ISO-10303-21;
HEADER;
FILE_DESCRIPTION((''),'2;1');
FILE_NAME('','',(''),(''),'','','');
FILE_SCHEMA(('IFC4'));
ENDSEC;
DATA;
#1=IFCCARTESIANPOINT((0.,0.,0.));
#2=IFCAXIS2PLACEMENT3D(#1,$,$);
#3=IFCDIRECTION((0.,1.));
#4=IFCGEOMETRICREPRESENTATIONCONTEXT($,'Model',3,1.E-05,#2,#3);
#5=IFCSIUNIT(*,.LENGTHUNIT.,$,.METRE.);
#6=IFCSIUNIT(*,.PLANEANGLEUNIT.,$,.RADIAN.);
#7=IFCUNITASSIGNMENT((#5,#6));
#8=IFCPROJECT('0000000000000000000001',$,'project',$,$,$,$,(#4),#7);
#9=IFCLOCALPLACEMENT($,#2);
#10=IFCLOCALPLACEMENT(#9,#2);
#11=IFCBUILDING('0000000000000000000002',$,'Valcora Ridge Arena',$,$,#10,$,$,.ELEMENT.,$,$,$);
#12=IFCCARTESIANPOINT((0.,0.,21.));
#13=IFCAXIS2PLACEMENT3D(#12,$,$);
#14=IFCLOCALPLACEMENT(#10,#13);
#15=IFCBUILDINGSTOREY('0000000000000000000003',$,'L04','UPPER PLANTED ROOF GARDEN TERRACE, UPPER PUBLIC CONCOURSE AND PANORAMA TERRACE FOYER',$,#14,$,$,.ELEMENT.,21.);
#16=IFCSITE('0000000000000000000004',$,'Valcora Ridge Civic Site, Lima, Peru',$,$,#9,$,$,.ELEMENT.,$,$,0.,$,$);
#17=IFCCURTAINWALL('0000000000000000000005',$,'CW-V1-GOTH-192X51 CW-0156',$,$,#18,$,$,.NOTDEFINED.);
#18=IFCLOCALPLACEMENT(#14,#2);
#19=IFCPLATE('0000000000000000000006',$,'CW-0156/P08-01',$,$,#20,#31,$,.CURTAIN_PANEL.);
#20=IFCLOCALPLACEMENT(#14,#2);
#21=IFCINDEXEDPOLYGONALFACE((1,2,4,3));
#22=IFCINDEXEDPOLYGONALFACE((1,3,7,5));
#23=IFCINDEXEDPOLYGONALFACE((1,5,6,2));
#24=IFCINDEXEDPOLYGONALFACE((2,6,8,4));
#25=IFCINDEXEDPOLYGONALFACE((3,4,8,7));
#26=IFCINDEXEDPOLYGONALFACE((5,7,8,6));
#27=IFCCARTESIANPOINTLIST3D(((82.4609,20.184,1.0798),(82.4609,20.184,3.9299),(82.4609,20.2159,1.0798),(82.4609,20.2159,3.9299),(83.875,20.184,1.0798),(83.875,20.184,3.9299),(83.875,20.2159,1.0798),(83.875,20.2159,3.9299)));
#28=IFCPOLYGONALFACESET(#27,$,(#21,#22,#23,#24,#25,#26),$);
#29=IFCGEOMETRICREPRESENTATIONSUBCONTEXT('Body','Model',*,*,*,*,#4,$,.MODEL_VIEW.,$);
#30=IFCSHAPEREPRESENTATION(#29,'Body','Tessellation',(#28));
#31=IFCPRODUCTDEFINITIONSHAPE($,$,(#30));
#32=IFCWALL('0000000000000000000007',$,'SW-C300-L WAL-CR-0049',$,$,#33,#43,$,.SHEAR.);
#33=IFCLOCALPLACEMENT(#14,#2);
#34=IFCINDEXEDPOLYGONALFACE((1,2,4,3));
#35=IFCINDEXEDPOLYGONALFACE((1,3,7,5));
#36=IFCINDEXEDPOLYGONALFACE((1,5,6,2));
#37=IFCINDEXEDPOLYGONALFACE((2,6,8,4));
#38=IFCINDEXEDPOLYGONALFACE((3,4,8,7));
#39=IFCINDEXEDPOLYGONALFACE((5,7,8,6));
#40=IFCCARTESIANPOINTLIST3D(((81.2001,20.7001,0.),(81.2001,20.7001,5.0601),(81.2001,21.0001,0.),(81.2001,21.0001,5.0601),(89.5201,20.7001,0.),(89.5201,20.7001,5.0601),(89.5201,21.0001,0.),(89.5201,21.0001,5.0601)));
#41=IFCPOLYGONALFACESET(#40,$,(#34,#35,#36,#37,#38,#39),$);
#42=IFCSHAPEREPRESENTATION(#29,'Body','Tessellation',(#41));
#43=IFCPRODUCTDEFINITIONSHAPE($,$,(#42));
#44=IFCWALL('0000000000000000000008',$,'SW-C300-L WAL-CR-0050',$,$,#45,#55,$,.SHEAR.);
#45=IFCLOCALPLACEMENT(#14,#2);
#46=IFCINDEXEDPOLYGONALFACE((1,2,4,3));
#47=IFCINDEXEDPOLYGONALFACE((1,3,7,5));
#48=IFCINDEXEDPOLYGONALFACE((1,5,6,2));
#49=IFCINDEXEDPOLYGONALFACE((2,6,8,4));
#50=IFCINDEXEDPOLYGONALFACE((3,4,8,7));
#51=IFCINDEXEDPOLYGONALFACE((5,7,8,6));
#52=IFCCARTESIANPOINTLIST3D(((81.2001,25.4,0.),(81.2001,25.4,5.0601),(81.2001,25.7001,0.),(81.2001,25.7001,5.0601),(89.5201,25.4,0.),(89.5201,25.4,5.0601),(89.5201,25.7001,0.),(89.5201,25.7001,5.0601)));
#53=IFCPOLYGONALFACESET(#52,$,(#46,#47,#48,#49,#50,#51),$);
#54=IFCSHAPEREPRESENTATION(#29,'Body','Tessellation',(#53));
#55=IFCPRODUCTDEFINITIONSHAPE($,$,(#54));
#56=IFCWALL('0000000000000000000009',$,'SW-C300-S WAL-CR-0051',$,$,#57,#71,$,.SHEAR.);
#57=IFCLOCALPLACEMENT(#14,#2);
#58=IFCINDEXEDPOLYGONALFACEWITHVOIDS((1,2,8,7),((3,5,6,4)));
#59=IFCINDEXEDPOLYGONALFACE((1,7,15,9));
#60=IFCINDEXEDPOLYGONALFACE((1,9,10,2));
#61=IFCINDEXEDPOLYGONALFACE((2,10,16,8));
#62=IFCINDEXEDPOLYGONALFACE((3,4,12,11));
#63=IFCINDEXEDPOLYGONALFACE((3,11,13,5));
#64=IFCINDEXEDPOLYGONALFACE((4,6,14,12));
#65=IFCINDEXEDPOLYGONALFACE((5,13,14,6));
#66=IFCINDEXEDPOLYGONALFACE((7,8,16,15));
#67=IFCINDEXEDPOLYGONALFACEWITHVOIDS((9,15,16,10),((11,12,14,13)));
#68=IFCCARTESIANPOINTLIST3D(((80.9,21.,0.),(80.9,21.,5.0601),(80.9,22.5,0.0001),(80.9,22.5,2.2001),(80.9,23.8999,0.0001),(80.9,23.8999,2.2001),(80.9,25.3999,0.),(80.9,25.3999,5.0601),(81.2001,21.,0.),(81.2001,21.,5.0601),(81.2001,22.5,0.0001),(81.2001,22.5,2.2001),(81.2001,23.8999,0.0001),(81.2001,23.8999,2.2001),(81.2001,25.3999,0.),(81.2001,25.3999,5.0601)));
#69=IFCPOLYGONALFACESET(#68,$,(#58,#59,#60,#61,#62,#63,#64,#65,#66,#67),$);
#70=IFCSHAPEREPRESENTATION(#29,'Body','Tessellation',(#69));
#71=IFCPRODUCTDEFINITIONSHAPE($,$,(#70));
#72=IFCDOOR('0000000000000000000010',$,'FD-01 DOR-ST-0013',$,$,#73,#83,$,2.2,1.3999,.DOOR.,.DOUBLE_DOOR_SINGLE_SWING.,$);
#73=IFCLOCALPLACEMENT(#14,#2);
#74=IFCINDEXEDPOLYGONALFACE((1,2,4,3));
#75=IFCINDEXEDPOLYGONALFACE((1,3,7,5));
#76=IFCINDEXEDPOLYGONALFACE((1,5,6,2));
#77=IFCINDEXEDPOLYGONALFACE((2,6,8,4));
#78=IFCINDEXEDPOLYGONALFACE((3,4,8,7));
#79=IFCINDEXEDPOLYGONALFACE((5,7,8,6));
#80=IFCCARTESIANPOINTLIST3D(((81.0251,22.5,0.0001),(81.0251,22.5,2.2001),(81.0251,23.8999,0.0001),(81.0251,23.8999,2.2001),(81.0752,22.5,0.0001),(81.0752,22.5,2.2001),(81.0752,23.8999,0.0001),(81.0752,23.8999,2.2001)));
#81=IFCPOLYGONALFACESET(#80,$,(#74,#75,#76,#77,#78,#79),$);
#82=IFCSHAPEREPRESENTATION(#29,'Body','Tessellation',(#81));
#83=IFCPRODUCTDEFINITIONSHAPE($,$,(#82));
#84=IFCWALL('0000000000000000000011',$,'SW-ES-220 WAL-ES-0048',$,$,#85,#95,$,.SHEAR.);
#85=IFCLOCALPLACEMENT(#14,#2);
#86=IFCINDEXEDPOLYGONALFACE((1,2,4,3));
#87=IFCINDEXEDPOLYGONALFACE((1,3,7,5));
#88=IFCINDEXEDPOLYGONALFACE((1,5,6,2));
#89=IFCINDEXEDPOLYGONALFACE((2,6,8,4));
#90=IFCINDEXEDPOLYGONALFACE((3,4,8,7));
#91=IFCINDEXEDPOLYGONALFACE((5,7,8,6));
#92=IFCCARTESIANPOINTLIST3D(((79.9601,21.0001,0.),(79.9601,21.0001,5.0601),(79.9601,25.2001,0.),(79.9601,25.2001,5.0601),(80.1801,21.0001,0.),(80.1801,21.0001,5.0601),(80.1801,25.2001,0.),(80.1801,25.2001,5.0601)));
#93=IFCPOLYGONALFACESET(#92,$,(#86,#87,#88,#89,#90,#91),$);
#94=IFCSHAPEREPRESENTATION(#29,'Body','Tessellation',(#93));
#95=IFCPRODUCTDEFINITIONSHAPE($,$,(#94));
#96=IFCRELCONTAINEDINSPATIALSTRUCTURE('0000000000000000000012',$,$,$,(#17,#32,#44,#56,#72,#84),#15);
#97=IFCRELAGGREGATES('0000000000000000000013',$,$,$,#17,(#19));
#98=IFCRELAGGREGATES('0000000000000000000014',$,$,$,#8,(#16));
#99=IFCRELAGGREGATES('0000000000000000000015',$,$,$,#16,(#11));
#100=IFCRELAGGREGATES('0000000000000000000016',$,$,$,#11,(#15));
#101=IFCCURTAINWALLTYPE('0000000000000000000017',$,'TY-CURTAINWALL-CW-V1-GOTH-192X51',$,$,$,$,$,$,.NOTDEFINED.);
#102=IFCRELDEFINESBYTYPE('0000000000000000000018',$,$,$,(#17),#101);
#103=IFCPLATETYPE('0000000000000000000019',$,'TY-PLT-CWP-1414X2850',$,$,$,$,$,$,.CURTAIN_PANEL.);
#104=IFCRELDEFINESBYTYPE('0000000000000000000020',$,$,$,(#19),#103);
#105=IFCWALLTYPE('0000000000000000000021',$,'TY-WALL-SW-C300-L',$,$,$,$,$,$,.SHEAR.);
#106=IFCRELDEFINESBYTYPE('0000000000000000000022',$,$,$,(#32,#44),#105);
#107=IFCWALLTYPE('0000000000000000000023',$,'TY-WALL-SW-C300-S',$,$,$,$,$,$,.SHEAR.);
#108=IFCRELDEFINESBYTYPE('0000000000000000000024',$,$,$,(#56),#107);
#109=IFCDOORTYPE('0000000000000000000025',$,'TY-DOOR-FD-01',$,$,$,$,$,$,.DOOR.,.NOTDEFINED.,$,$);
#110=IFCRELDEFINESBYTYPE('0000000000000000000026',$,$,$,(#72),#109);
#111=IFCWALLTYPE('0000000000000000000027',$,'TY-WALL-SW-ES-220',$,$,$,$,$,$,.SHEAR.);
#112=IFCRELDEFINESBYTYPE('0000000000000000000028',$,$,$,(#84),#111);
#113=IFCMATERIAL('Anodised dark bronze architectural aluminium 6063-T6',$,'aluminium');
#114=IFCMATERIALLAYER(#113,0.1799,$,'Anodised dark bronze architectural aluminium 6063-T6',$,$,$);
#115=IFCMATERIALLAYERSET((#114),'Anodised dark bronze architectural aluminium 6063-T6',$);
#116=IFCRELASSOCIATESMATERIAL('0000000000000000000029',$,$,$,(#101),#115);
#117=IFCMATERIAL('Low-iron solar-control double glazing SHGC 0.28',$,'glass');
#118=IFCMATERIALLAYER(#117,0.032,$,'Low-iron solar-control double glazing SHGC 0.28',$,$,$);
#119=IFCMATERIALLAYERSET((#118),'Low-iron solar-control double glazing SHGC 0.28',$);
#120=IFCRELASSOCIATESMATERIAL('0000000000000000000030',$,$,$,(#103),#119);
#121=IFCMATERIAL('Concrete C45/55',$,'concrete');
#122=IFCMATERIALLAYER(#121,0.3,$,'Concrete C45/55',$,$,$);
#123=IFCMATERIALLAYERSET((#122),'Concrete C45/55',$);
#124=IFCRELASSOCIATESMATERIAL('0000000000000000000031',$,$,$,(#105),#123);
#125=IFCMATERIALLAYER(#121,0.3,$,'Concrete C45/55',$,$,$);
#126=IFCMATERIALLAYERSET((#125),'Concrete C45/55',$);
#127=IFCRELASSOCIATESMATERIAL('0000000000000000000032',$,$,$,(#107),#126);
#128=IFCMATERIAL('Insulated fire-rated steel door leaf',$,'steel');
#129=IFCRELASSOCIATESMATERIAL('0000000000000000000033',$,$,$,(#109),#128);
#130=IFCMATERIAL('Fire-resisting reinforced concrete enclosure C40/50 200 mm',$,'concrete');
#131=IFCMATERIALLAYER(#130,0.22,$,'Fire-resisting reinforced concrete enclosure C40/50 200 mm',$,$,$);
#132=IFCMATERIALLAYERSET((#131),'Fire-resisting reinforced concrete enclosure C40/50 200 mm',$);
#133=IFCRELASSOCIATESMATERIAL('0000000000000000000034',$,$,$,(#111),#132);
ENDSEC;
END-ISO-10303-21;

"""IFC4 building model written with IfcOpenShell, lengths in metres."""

from ifc_helpers import new_model, si_unit, direction, frame, frame_2d, origin, origin_2d, place, context, subcontext, project, spatial, rectangle, extrude, material, layer, layer_set, type_object, element, fill, aggregate, save


model = new_model("IFC4")

# Units and contexts
model_context = context("Model", 3, precision=1e-05, world=origin(), true_north=direction((0.0, 1.0)))
body_context = subcontext(model_context, "Body", "Model", "MODEL_VIEW")
ifc_project = project(units=[si_unit("LENGTHUNIT", "METRE"), si_unit("PLANEANGLEUNIT", "RADIAN")], contexts=[model_context])

# Site, building, storey
site_placement = place(None, origin())
site = spatial("IfcSite", under=ifc_project, at=site_placement, Name="Valcora Ridge Civic Site, Lima, Peru", CompositionType="ELEMENT", RefElevation=0.0)
building_placement = place(site_placement, origin())
building = spatial("IfcBuilding", under=site, at=building_placement, Name="Valcora Ridge Arena", CompositionType="ELEMENT")
storey_placement = place(building_placement, frame((0.0, 0.0, 21.0)))
storey = spatial("IfcBuildingStorey", under=building, at=storey_placement, Name="L04", Description="UPPER PLANTED ROOF GARDEN TERRACE, UPPER PUBLIC CONCOURSE AND PANORAMA TERRACE FOYER", CompositionType="ELEMENT", Elevation=21.0)

# Curtain wall, plate
ifc_material_1 = material(Name="Anodised dark bronze architectural aluminium 6063-T6", Category="aluminium")
ifc_layer_1 = layer(ifc_material_1, 0.1799, Name="Anodised dark bronze architectural aluminium 6063-T6")
ifc_layer_set_1 = layer_set([ifc_layer_1], Name="Anodised dark bronze architectural aluminium 6063-T6")
curtain_wall_type = type_object("IfcCurtainWallType", Name="TY-CURTAINWALL-CW-V1-GOTH-192X51", PredefinedType="NOTDEFINED", material=ifc_layer_set_1)
curtain_wall_placement = place(storey_placement, origin())
curtain_wall = element("IfcCurtainWall", 1, at=curtain_wall_placement, inside=storey, type_object=curtain_wall_type, Name="CW-V1-GOTH-192X51 CW-0156", PredefinedType="NOTDEFINED")
ifc_material_2 = material(Name="Low-iron solar-control double glazing SHGC 0.28", Category="glass")
ifc_layer_2 = layer(ifc_material_2, 0.032, Name="Low-iron solar-control double glazing SHGC 0.28")
ifc_layer_set_2 = layer_set([ifc_layer_2], Name="Low-iron solar-control double glazing SHGC 0.28")
plate_type_1 = type_object("IfcPlateType", Name="TY-PLT-CWP-1414X2850", PredefinedType="CURTAIN_PANEL", material=ifc_layer_set_2)
plate_1_placement = place(storey_placement, frame((83.168, 20.2, 1.0798), z_axis=(0.0, 0.0, 1.0), x_axis=(1.0, 0.0, 0.0)))
plate_1 = element("IfcPlate", 2, at=plate_1_placement, type_object=plate_type_1, Name="CW-0156/P08-01", PredefinedType="CURTAIN_PANEL", context=body_context, shape_type="SweptSolid", body=[
    extrude(rectangle(XDim=1.4141, YDim=0.032, at=origin_2d()), origin(), (0.0, 0.0, 1.0), 2.8501),
])
aggregate(curtain_wall, [plate_1])

# Walls
ifc_material_3 = material(Name="Concrete C45/55", Category="concrete")
ifc_layer_3 = layer(ifc_material_3, 0.3, Name="Concrete C45/55")
ifc_layer_set_3 = layer_set([ifc_layer_3], Name="Concrete C45/55")
wall_type_1 = type_object("IfcWallType", Name="TY-WALL-SW-C300-L", PredefinedType="SHEAR", material=ifc_layer_set_3)
for number, where, z_axis, x_axis, name in (
    (3, (81.2, 20.8501, 0.0), (0.0, 0.0, 1.0), (1.0, 0.0, 0.0), "SW-C300-L WAL-CR-0049"),
    (4, (81.2, 25.55, 0.0), (0.0, 0.0, 1.0), (1.0, 0.0, 0.0), "SW-C300-L WAL-CR-0050"),
):
    element("IfcWall", number, at=place(storey_placement, frame(where, z_axis=z_axis, x_axis=x_axis)), inside=storey, type_object=wall_type_1, Name=name, PredefinedType="SHEAR", context=body_context, shape_type="SweptSolid", body=[
        extrude(rectangle(XDim=8.3201, YDim=0.3, at=frame_2d((4.1602, 0.0))), origin(), (0.0, 0.0, 1.0), 5.0601),
    ])

# Wall, opening, door
ifc_layer_4 = layer(ifc_material_3, 0.3, Name="Concrete C45/55")
ifc_layer_set_4 = layer_set([ifc_layer_4], Name="Concrete C45/55")
wall_type_2 = type_object("IfcWallType", Name="TY-WALL-SW-C300-S", PredefinedType="SHEAR", material=ifc_layer_set_4)
wall_1_placement = place(storey_placement, frame((81.05, 21.0, 0.0), z_axis=(0.0, 0.0, 1.0), x_axis=(0.0, 1.0, 0.0)))
wall_1 = element("IfcWall", 5, at=wall_1_placement, inside=storey, type_object=wall_type_2, Name="SW-C300-S WAL-CR-0051", PredefinedType="SHEAR", context=body_context, shape_type="SweptSolid", body=[
    extrude(rectangle(XDim=4.3999, YDim=0.3, at=frame_2d((2.2, 0.0))), origin(), (0.0, 0.0, 1.0), 5.0601),
])
opening_placement = place(wall_1_placement, frame((1.5, 0.0, 0.0)))
opening = element("IfcOpeningElement", 6, at=opening_placement, cuts=wall_1, PredefinedType="OPENING", context=body_context, shape_type="SweptSolid", body=[
    extrude(rectangle(XDim=1.3999, YDim=2.2, at=frame_2d((0.7, 1.1001))), frame((0.0, 0.1599, 0.0), z_axis=(0.0, -1.0, 0.0), x_axis=(1.0, 0.0, 0.0)), (0.0, 0.0, 1.0), 0.3201),
])
ifc_material_4 = material(Name="Insulated fire-rated steel door leaf", Category="steel")
door_type = type_object("IfcDoorType", Name="TY-DOOR-FD-01", OperationType="NOTDEFINED", PredefinedType="DOOR", material=ifc_material_4)
door_placement = place(opening_placement, origin())
door = element("IfcDoor", 7, at=door_placement, inside=storey, type_object=door_type, Name="FD-01 DOR-ST-0013", OperationType="DOUBLE_DOOR_SINGLE_SWING", OverallHeight=2.2, OverallWidth=1.3999, PredefinedType="DOOR", context=body_context, shape_type="SweptSolid", body=[
    extrude(rectangle(XDim=1.3999, YDim=2.2, at=frame_2d((0.7, 1.1001))), frame((0.0, 0.0249, 0.0), z_axis=(0.0, -1.0, 0.0), x_axis=(1.0, 0.0, 0.0)), (0.0, 0.0, 1.0), 0.05),
])
fill(opening, door)

# Wall
ifc_material_5 = material(Name="Fire-resisting reinforced concrete enclosure C40/50 200 mm", Category="concrete")
ifc_layer_5 = layer(ifc_material_5, 0.22, Name="Fire-resisting reinforced concrete enclosure C40/50 200 mm")
ifc_layer_set_5 = layer_set([ifc_layer_5], Name="Fire-resisting reinforced concrete enclosure C40/50 200 mm")
wall_type_3 = type_object("IfcWallType", Name="TY-WALL-SW-ES-220", PredefinedType="SHEAR", material=ifc_layer_set_5)
wall_2_placement = place(storey_placement, frame((80.0701, 21.0, 0.0), z_axis=(0.0, 0.0, 1.0), x_axis=(0.0, 1.0, 0.0)))
element("IfcWall", 8, at=wall_2_placement, inside=storey, type_object=wall_type_3, Name="SW-ES-220 WAL-ES-0048", PredefinedType="SHEAR", context=body_context, shape_type="SweptSolid", body=[
    extrude(rectangle(XDim=4.2, YDim=0.22, at=frame_2d((2.1001, 0.0))), origin(), (0.0, 0.0, 1.0), 5.0601),
])

save(model, "model.ifc")
